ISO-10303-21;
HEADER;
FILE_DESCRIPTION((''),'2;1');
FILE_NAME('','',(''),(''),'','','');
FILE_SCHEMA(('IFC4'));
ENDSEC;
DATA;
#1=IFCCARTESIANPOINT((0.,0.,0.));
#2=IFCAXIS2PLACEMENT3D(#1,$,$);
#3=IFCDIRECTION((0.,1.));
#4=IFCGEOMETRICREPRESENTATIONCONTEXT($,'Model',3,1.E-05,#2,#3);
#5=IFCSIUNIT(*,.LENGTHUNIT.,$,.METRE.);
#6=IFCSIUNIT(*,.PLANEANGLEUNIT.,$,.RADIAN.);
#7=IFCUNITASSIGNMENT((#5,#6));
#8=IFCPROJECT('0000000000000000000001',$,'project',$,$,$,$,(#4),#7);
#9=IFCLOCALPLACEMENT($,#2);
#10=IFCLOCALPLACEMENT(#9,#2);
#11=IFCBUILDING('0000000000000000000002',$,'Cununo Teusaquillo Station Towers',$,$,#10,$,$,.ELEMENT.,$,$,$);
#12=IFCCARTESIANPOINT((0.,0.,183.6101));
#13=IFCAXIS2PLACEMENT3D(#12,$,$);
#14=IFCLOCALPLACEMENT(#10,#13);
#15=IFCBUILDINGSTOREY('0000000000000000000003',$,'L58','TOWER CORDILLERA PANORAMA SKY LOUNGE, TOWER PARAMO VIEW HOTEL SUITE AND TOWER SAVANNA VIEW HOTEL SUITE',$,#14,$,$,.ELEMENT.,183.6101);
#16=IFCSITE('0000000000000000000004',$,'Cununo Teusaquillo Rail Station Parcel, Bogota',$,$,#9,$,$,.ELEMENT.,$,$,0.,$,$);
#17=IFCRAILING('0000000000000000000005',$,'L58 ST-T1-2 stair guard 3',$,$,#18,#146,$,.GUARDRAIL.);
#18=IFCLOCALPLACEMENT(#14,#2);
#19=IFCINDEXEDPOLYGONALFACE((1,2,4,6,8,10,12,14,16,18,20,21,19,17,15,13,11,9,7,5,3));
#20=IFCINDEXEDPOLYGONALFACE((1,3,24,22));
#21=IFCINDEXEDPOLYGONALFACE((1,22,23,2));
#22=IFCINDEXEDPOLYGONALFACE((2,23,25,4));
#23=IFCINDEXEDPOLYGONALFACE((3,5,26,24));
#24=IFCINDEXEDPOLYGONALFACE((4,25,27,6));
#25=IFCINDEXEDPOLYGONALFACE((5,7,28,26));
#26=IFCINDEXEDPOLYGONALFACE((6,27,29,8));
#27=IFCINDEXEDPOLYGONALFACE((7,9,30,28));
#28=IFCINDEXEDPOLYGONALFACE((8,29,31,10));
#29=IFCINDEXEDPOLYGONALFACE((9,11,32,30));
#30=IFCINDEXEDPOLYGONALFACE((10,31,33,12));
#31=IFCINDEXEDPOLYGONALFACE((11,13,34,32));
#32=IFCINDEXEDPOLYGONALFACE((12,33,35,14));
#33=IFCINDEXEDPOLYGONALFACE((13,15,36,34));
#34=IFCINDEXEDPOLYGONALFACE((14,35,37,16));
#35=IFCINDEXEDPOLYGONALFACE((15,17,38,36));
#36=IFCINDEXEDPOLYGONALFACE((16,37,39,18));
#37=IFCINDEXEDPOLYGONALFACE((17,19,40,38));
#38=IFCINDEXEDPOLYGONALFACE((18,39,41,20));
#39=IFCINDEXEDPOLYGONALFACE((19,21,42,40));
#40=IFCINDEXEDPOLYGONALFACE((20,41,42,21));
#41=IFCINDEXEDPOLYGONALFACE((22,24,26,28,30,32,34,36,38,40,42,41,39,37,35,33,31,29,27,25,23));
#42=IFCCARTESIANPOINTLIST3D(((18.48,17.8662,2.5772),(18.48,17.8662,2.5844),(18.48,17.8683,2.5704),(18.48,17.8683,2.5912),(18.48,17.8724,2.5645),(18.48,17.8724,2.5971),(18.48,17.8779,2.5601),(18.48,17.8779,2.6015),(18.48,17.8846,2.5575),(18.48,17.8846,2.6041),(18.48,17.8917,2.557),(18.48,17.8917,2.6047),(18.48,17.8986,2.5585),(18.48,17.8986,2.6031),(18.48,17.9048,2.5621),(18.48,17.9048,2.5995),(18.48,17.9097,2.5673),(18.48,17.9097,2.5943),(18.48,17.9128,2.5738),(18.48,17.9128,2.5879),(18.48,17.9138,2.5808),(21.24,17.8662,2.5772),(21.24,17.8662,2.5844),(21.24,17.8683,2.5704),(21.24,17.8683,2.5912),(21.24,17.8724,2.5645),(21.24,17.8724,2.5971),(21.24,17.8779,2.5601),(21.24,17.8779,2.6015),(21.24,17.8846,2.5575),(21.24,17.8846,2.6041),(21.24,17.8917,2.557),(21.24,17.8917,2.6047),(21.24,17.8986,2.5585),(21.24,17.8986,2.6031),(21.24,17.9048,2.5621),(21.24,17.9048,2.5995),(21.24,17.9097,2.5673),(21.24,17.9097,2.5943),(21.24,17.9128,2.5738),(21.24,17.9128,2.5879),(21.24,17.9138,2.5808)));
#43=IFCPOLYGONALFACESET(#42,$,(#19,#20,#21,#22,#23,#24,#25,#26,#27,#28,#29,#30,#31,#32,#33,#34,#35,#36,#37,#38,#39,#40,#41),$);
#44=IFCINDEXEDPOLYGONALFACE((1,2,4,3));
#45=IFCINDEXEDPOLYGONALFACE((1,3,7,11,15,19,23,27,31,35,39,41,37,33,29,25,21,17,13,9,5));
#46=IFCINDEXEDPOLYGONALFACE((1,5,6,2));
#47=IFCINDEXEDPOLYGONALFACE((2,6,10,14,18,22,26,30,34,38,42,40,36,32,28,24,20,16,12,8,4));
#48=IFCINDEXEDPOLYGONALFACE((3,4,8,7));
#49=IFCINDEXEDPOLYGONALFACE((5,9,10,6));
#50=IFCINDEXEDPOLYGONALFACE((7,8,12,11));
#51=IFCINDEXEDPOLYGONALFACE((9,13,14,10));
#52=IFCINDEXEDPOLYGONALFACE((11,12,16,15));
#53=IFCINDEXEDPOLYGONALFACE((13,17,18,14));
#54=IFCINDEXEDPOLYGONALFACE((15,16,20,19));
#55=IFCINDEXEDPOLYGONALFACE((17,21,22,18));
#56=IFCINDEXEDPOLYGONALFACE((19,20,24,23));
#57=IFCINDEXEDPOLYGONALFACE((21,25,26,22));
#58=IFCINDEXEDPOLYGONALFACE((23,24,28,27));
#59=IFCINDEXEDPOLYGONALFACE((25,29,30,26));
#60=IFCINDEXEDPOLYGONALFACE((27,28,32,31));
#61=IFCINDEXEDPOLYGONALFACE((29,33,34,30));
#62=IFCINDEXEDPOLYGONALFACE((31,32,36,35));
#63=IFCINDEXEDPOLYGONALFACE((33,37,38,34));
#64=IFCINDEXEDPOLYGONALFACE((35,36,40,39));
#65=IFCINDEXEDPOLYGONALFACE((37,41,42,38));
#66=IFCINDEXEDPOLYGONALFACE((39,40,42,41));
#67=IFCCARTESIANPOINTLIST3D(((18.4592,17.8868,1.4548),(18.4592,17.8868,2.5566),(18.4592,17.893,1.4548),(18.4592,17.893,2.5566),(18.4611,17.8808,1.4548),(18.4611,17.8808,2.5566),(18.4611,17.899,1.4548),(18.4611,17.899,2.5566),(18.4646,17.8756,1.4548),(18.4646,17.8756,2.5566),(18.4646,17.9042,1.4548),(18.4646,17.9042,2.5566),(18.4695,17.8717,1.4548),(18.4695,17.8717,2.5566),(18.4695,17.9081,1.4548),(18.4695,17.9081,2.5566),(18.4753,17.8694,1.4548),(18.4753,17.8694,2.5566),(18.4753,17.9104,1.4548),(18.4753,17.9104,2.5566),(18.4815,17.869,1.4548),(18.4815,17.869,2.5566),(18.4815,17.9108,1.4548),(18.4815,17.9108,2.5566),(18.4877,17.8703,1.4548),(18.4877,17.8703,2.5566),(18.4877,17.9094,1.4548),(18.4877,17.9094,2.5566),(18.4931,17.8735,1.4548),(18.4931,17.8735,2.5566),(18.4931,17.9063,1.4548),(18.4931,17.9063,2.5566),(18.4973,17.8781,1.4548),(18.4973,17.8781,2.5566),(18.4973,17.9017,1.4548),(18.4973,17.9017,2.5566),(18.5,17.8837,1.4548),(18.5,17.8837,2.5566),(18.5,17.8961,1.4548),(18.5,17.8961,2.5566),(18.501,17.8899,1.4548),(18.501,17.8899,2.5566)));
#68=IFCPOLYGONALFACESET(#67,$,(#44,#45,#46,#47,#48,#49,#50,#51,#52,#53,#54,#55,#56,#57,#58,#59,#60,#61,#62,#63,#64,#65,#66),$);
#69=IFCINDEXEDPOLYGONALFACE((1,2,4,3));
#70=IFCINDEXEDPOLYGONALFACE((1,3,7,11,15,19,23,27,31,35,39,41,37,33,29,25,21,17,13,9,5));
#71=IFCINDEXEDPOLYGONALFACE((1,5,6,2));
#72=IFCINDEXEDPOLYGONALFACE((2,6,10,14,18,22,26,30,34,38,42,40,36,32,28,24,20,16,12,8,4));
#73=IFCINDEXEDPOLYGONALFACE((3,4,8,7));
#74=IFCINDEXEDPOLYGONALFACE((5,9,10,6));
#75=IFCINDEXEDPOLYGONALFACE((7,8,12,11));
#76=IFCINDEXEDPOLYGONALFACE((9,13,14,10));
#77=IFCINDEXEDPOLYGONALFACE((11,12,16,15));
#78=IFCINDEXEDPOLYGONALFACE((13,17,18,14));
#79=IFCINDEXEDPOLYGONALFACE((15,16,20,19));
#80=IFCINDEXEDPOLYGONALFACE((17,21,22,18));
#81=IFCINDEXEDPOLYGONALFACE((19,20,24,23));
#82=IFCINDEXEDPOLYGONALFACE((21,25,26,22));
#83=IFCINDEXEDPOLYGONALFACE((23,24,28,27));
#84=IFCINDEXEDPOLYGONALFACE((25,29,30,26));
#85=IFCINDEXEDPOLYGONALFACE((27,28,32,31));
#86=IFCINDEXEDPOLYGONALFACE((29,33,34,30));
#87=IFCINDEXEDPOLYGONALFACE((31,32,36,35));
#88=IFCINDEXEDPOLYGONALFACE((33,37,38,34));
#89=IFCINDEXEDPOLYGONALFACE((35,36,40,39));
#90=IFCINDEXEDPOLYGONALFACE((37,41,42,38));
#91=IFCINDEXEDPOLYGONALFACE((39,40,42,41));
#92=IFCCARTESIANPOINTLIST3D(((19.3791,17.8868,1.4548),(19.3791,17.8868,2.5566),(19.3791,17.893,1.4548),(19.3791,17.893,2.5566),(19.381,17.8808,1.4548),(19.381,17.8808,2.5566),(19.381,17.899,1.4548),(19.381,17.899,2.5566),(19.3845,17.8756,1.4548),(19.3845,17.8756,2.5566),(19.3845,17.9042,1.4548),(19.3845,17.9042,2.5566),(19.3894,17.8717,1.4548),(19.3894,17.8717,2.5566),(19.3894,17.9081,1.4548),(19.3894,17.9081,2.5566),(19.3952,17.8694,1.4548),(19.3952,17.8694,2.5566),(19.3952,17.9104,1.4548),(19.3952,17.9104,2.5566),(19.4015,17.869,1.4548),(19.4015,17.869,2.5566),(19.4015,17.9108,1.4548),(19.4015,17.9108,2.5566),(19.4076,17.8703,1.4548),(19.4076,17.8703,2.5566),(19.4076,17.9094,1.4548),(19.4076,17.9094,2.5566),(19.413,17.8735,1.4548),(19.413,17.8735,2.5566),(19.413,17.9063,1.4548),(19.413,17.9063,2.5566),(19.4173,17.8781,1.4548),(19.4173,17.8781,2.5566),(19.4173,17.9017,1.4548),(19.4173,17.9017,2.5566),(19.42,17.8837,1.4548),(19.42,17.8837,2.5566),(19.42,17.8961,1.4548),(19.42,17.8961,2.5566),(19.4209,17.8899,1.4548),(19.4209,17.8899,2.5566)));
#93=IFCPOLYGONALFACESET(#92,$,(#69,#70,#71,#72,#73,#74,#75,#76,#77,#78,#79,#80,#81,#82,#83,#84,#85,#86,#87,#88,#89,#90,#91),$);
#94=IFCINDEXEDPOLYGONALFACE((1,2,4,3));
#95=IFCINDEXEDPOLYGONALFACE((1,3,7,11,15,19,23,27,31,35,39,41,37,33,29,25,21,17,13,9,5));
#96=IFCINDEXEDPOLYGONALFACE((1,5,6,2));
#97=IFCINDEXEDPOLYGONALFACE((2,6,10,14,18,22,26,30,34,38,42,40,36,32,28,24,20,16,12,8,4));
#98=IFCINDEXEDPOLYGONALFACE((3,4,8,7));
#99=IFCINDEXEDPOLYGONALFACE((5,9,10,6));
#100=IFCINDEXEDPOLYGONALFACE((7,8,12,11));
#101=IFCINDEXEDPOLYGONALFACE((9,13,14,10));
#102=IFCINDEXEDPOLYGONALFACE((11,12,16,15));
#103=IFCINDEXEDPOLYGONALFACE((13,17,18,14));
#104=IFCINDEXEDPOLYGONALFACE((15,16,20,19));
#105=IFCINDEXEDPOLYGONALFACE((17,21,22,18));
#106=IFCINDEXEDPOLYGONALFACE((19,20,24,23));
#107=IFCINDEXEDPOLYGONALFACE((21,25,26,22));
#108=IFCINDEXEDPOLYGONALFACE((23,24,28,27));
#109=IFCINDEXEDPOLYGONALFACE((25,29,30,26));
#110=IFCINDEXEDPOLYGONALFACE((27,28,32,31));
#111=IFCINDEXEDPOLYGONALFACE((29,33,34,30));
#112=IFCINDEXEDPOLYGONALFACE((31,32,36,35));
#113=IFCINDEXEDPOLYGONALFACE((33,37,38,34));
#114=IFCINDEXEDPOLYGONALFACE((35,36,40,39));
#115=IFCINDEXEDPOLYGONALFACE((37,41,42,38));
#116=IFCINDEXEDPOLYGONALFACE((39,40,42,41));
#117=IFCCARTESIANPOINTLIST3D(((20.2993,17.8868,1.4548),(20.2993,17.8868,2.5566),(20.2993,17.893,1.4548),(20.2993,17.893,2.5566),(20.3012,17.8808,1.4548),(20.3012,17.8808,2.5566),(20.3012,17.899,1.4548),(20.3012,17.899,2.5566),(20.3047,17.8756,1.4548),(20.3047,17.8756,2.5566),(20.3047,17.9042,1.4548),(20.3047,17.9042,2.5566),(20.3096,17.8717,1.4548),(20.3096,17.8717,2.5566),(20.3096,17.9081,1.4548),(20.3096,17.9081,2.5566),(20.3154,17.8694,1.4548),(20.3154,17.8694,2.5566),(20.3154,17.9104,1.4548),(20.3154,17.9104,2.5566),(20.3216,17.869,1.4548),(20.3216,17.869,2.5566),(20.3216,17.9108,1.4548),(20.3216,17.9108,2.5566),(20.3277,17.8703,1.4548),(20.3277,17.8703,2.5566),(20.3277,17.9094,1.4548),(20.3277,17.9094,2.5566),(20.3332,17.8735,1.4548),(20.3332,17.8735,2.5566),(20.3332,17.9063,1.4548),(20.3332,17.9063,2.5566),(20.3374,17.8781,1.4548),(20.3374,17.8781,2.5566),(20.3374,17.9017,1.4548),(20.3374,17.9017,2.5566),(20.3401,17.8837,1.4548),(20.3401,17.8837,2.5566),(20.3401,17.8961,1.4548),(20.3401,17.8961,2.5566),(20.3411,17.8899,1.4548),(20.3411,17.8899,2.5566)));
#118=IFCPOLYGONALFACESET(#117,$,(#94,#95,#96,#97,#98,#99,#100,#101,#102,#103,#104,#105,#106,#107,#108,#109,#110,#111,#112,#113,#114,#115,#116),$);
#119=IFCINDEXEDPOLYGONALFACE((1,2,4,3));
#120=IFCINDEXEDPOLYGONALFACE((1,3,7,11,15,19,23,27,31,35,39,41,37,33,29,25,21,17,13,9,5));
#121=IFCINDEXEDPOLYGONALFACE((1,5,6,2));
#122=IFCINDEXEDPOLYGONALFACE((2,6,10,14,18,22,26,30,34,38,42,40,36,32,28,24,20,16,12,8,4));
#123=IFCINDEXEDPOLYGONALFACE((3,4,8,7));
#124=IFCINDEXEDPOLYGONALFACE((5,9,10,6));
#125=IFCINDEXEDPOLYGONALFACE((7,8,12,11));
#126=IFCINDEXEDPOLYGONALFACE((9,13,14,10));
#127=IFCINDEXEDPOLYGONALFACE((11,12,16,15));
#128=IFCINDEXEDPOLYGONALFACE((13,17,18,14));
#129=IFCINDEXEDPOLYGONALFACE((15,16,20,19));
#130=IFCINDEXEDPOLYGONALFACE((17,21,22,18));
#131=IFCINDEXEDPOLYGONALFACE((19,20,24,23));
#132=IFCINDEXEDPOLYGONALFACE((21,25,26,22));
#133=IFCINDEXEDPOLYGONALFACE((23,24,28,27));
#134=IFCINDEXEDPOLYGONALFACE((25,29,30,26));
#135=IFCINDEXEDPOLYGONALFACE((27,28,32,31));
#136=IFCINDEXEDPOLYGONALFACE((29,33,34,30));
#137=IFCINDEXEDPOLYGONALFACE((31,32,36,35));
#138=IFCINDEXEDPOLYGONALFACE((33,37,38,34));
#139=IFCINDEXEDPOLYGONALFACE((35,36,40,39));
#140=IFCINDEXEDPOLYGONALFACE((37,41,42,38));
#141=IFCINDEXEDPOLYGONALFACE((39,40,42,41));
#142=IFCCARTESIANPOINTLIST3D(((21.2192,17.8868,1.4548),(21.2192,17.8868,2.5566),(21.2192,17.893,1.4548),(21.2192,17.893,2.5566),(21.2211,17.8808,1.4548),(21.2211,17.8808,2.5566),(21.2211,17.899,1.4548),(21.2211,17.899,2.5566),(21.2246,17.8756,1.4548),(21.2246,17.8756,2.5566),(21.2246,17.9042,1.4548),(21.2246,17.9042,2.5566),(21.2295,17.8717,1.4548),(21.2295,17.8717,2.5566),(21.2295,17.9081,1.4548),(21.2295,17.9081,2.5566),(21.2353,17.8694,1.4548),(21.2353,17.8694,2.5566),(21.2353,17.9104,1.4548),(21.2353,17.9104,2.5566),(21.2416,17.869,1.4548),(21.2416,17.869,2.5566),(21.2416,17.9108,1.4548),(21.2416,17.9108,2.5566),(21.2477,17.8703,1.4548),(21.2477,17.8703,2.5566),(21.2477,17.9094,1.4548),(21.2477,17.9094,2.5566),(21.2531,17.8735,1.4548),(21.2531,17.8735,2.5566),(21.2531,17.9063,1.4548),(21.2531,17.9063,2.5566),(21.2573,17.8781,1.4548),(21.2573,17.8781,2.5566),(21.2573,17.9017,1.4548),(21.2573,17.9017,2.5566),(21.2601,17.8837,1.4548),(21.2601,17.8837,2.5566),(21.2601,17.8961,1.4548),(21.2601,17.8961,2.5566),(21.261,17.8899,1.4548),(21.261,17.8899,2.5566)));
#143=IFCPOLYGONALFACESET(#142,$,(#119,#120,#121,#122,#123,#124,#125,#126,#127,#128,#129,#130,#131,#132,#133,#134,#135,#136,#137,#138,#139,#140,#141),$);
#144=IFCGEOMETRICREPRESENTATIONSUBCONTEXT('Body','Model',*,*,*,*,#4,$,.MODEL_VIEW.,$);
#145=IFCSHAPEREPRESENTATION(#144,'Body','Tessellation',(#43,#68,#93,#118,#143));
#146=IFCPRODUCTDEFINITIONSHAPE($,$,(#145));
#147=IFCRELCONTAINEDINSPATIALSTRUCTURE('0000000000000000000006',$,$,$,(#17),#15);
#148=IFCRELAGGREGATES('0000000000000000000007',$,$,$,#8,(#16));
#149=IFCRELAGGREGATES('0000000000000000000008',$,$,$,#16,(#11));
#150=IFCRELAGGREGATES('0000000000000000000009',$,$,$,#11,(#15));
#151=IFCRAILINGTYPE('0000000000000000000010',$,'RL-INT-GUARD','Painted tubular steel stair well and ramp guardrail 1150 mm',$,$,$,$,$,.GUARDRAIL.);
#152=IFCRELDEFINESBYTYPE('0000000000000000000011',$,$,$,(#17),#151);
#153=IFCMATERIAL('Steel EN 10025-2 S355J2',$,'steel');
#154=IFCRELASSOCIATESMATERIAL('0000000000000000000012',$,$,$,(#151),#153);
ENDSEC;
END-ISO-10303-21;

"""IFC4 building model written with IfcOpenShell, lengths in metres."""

from ifc_helpers import new_model, si_unit, direction, frame, origin, origin_2d, place, context, subcontext, project, spatial, circle, extrude, material, type_object, element, save


model = new_model("IFC4")

# Units and contexts
model_context = context("Model", 3, precision=1e-05, world=origin(), true_north=direction((0.0, 1.0)))
body_context = subcontext(model_context, "Body", "Model", "MODEL_VIEW")
ifc_project = project(units=[si_unit("LENGTHUNIT", "METRE"), si_unit("PLANEANGLEUNIT", "RADIAN")], contexts=[model_context])

# Site, building, storey
site_placement = place(None, origin())
site = spatial("IfcSite", under=ifc_project, at=site_placement, Name="Cununo Teusaquillo Rail Station Parcel, Bogota", CompositionType="ELEMENT", RefElevation=0.0)
building_placement = place(site_placement, origin())
building = spatial("IfcBuilding", under=site, at=building_placement, Name="Cununo Teusaquillo Station Towers", CompositionType="ELEMENT")
storey_placement = place(building_placement, frame((0.0, 0.0, 183.6101)))
storey = spatial("IfcBuildingStorey", under=building, at=storey_placement, Name="L58", Description="TOWER CORDILLERA PANORAMA SKY LOUNGE, TOWER PARAMO VIEW HOTEL SUITE AND TOWER SAVANNA VIEW HOTEL SUITE", CompositionType="ELEMENT", Elevation=183.6101)

# Railing
ifc_material_1 = material(Name="Steel EN 10025-2 S355J2", Category="steel")
railing_type_1 = type_object("IfcRailingType", Name="RL-INT-GUARD", Description="Painted tubular steel stair well and ramp guardrail 1150 mm", PredefinedType="GUARDRAIL", material=ifc_material_1)
railing_1_placement = place(storey_placement, frame((18.48, 17.8899, 1.4548)))
element("IfcRailing", 1, at=railing_1_placement, inside=storey, type_object=railing_type_1, Name="L58 ST-T1-2 stair guard 3", PredefinedType="GUARDRAIL", context=body_context, shape_type="SweptSolid", body=[
    extrude(circle(Radius=0.0239, at=origin_2d()), frame((0.0, 0.0, 1.126), z_axis=(1.0, 0.0, 0.0), x_axis=(0.0, 1.0, 0.0)), (0.0, 0.0, 1.0), 2.76),
    extrude(circle(Radius=0.021, at=origin_2d()), origin(), (0.0, 0.0, 1.0), 1.1018),
    extrude(circle(Radius=0.021, at=origin_2d()), frame((0.9199, 0.0, 0.0)), (0.0, 0.0, 1.0), 1.1018),
    extrude(circle(Radius=0.021, at=origin_2d()), frame((1.8401, 0.0, 0.0)), (0.0, 0.0, 1.0), 1.1018),
    extrude(circle(Radius=0.021, at=origin_2d()), frame((2.76, 0.0, 0.0)), (0.0, 0.0, 1.0), 1.1018),
])

save(model, "model.ifc")
